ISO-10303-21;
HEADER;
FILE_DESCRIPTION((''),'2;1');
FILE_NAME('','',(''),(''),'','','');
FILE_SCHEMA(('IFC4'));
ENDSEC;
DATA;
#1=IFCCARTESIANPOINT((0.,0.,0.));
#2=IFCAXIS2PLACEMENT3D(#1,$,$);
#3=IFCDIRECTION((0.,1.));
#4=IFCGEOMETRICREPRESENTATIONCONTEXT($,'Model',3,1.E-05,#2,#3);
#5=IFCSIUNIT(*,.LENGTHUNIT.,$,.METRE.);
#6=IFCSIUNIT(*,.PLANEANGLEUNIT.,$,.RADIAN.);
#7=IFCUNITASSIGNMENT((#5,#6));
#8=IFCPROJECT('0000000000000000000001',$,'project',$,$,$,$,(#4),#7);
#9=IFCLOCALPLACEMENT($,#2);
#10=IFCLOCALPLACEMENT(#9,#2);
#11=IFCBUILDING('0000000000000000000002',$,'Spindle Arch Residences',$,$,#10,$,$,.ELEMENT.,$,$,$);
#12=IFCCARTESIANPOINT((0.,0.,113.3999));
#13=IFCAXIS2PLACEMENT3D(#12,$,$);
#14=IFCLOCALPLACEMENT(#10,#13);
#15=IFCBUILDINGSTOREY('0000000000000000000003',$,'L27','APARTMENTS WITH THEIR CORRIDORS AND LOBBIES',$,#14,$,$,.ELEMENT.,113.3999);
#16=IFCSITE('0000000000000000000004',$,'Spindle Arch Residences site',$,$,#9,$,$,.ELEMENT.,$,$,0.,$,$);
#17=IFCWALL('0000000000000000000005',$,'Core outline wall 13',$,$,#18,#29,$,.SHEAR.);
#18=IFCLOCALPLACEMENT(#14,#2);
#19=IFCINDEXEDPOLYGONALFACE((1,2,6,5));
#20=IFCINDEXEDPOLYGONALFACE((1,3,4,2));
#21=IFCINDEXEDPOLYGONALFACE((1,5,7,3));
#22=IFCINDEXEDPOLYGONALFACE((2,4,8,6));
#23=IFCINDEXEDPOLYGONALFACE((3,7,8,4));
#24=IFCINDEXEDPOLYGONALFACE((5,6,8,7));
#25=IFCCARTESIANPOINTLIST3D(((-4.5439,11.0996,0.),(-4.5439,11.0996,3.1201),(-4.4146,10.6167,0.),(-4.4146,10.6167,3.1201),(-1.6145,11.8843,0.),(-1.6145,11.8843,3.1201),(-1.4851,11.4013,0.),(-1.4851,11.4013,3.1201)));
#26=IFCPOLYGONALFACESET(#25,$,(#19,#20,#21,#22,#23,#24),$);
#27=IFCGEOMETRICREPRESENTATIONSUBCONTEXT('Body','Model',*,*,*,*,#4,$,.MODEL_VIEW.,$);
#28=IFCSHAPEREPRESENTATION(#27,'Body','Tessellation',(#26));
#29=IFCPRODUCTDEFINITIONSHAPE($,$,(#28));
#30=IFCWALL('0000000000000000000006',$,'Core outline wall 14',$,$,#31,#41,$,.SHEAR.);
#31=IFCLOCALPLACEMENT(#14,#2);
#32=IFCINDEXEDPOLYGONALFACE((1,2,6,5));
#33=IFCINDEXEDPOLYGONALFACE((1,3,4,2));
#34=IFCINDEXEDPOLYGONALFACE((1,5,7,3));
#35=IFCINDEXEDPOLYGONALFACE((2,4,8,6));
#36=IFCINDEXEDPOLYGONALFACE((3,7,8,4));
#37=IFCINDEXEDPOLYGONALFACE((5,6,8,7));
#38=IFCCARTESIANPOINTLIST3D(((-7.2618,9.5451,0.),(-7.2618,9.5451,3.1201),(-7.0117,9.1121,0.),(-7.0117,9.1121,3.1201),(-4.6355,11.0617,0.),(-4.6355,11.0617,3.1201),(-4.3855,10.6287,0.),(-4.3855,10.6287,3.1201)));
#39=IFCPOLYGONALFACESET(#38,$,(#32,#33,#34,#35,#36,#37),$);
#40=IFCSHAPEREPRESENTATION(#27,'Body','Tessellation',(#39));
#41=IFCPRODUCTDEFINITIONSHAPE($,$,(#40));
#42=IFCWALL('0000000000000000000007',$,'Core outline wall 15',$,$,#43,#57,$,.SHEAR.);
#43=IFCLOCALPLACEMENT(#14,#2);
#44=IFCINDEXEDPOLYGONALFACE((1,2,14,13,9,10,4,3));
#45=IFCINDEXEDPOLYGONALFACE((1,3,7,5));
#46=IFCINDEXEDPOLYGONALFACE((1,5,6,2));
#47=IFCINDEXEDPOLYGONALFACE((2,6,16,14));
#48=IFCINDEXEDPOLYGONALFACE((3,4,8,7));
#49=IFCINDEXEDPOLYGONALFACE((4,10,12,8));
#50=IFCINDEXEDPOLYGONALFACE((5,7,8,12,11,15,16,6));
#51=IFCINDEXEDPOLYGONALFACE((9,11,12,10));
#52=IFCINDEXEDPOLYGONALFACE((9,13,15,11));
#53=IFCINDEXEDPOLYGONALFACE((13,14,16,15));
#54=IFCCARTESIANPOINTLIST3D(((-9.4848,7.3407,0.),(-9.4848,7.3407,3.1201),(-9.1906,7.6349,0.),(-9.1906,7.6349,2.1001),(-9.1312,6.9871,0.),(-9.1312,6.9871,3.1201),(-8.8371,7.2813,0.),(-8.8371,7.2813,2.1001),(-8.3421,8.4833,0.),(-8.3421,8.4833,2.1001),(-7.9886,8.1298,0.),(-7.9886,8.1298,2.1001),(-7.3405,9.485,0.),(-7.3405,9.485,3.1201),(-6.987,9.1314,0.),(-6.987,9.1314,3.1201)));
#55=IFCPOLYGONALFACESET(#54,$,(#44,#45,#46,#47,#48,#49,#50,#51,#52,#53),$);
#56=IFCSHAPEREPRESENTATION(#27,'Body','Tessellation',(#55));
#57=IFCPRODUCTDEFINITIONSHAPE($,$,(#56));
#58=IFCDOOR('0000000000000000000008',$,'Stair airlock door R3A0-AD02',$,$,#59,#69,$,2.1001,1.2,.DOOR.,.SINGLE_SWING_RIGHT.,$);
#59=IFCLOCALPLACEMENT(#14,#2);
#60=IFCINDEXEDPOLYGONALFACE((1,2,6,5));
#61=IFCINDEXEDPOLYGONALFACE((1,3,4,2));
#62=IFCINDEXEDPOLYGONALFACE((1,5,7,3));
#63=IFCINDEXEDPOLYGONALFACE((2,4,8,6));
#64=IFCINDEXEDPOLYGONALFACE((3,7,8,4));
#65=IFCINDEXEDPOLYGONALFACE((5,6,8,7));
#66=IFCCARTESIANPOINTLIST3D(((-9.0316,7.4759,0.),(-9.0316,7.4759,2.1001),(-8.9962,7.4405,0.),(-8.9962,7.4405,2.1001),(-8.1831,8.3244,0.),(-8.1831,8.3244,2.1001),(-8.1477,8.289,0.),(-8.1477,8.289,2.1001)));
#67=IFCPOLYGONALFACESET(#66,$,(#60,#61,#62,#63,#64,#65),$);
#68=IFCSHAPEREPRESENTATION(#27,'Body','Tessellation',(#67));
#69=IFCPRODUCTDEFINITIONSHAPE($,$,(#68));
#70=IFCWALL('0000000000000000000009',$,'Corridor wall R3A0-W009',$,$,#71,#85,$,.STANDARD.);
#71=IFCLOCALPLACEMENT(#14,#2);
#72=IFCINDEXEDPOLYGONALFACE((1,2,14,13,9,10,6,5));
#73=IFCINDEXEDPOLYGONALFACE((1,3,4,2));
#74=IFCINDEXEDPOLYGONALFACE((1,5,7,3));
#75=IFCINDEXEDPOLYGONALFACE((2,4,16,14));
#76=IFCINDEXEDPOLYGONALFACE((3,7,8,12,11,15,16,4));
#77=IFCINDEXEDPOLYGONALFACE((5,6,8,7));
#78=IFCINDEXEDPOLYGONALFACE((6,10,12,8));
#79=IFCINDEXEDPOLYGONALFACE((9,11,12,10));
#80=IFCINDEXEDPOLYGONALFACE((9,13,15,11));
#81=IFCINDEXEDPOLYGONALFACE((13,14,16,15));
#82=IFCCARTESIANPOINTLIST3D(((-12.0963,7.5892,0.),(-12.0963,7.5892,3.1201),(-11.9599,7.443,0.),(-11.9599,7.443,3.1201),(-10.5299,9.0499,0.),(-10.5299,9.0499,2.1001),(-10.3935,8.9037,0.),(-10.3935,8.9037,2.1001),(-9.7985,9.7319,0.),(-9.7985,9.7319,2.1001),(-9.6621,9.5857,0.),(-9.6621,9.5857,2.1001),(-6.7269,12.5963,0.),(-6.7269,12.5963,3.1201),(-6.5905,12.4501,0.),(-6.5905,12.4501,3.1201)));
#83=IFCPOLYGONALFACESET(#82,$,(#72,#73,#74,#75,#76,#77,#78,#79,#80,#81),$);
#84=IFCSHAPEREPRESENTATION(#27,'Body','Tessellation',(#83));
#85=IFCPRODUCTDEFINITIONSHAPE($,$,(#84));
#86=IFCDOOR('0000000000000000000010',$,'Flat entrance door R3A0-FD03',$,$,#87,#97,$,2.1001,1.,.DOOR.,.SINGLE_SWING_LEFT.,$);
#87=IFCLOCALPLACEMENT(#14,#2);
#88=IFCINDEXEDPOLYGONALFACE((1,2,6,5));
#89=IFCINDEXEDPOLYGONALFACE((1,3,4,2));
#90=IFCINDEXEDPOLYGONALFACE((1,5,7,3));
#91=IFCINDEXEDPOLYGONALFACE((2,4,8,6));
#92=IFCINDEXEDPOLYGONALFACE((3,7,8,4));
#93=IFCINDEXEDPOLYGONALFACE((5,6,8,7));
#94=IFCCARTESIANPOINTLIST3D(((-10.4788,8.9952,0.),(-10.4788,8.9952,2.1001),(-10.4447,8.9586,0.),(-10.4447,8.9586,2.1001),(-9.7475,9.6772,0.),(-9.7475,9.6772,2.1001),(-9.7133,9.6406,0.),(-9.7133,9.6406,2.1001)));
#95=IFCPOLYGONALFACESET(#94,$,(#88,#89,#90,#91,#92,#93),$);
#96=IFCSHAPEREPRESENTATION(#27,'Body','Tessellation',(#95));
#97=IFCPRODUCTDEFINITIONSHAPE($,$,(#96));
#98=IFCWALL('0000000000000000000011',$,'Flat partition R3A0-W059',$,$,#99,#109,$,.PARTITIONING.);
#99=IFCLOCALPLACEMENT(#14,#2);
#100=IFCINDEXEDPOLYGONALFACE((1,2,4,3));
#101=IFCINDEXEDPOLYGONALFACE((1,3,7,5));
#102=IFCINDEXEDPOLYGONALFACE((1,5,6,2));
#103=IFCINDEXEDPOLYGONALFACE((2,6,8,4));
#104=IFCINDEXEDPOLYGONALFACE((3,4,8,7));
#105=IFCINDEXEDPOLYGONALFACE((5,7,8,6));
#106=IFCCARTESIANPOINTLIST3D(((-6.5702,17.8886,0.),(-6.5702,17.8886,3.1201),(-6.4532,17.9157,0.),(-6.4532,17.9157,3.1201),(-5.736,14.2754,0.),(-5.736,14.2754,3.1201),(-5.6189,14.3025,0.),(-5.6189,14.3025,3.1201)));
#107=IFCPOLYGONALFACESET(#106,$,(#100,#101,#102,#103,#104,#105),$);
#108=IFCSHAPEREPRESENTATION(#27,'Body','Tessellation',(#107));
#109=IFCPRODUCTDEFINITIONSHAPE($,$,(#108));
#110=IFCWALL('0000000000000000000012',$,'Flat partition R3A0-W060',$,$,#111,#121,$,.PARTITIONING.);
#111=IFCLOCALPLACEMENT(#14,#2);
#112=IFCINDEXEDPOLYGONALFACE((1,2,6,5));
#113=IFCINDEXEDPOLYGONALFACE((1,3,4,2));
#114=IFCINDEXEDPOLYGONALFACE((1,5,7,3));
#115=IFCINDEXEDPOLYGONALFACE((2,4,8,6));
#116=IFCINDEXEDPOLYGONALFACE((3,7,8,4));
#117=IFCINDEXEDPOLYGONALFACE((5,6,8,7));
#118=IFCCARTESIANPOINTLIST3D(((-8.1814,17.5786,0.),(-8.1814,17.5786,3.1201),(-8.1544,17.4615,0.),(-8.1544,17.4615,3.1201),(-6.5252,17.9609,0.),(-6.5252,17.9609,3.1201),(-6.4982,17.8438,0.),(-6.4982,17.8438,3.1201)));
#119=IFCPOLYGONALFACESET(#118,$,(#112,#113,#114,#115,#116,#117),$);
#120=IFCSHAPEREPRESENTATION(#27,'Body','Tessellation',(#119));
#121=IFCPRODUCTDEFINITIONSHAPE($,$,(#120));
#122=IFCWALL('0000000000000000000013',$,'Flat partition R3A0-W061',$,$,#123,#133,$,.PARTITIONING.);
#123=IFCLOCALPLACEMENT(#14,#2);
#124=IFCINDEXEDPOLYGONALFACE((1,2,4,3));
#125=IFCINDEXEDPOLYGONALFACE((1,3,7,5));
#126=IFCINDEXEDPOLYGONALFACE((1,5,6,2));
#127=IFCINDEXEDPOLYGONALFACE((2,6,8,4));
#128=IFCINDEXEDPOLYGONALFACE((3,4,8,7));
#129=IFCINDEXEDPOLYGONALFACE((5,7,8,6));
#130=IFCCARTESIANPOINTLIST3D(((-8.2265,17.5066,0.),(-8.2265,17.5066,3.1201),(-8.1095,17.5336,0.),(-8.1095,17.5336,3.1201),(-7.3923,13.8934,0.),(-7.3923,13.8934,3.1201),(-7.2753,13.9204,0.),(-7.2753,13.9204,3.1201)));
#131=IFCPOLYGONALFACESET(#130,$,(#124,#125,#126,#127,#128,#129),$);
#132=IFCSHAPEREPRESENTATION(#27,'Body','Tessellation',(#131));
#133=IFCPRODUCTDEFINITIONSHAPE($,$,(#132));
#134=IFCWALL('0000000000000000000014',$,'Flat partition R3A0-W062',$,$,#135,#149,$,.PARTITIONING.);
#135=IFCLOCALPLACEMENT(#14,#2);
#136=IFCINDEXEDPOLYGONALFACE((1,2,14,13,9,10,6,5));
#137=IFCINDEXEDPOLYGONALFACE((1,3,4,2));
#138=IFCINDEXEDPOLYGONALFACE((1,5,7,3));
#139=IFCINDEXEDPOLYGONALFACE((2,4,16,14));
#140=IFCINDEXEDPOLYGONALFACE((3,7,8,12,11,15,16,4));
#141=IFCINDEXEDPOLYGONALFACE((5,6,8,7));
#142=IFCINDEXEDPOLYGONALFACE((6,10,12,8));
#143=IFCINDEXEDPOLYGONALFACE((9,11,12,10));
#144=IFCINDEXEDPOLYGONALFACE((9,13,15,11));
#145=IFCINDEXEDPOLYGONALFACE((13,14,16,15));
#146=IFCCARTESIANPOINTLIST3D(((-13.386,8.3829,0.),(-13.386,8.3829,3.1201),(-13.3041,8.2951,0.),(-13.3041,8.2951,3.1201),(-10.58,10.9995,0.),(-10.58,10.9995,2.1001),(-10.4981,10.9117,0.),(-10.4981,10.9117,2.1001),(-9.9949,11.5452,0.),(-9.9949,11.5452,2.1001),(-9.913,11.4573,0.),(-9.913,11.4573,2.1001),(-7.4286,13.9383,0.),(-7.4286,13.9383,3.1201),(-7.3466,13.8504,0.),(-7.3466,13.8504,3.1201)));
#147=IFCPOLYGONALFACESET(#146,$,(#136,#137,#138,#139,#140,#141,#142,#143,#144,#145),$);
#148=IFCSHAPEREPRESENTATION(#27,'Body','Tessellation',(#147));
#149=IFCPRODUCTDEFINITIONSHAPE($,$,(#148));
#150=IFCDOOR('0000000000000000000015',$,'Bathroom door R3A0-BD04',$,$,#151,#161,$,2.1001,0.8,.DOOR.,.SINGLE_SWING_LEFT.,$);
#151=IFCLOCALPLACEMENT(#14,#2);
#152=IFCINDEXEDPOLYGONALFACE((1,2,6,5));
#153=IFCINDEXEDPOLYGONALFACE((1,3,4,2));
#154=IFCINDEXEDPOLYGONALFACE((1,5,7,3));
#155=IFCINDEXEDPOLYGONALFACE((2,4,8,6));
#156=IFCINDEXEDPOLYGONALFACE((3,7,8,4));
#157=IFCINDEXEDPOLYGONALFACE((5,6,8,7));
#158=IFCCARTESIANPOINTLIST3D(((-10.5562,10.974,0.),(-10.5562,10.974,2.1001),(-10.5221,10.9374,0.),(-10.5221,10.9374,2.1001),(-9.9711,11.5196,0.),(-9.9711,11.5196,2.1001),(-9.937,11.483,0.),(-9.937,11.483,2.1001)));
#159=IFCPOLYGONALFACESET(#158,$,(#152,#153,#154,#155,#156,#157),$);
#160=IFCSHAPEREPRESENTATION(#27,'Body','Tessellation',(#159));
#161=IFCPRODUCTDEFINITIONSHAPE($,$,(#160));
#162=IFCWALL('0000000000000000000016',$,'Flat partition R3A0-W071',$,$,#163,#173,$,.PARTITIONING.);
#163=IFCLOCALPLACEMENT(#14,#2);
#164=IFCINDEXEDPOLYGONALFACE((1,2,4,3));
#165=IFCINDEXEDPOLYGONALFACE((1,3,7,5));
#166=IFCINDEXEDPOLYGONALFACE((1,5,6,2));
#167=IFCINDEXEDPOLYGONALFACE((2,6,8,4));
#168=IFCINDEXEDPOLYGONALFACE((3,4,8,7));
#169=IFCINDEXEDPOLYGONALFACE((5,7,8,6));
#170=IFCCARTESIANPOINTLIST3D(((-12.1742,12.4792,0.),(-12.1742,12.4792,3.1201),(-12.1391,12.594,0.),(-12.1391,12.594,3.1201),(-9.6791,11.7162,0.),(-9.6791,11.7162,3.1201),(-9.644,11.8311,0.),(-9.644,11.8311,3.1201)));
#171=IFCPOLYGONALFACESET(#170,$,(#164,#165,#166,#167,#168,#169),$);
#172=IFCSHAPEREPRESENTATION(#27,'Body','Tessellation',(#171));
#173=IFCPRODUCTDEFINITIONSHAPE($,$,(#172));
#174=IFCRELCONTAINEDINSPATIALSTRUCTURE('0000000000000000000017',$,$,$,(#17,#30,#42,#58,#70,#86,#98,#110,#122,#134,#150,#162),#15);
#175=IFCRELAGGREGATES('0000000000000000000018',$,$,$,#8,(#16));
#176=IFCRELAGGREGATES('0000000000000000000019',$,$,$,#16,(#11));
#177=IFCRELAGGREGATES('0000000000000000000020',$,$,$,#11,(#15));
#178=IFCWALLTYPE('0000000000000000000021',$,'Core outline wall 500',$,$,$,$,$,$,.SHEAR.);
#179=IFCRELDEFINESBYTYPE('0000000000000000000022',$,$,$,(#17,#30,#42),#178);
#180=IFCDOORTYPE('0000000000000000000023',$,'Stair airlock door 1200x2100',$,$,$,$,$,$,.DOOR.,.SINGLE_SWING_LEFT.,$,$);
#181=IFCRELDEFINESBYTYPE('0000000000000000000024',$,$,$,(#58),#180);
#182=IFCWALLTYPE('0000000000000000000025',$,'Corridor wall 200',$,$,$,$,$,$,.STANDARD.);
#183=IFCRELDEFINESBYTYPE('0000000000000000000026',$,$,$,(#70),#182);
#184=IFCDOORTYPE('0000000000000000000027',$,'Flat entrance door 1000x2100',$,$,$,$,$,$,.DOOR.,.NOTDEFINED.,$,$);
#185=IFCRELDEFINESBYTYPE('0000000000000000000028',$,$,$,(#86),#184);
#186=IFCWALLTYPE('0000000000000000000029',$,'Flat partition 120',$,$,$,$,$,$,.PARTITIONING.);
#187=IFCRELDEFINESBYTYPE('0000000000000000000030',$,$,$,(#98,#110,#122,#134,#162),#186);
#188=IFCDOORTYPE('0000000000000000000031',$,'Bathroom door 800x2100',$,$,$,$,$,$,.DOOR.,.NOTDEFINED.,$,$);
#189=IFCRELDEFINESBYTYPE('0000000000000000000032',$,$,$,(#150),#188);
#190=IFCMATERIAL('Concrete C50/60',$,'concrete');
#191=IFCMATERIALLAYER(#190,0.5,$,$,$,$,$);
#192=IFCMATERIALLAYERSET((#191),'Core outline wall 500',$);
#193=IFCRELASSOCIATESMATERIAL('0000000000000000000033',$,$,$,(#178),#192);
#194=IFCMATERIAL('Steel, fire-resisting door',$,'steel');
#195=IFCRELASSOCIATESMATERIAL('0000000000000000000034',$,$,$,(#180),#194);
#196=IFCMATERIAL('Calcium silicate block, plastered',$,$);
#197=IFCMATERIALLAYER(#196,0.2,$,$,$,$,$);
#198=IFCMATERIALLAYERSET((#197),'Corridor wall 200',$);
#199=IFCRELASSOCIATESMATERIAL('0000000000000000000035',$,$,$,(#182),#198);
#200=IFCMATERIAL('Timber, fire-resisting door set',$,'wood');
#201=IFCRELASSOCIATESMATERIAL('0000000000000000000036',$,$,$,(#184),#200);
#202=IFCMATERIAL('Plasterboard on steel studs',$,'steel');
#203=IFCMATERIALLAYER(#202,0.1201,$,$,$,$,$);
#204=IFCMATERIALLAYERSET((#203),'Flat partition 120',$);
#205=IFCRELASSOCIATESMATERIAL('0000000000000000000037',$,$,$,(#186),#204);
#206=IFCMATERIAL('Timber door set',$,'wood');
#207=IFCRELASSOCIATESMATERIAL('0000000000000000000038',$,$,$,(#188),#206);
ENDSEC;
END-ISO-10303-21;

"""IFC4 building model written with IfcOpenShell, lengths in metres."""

from ifc_helpers import new_model, si_unit, direction, frame, frame_2d, origin, place, context, subcontext, project, spatial, rectangle, extrude, material, layer, layer_set, type_object, element, fill, save


model = new_model("IFC4")

# Units and contexts
model_context = context("Model", 3, precision=1e-05, world=origin(), true_north=direction((0.0, 1.0)))
body_context = subcontext(model_context, "Body", "Model", "MODEL_VIEW")
ifc_project = project(units=[si_unit("LENGTHUNIT", "METRE"), si_unit("PLANEANGLEUNIT", "RADIAN")], contexts=[model_context])

# Site, building, storey
site_placement = place(None, origin())
site = spatial("IfcSite", under=ifc_project, at=site_placement, Name="Spindle Arch Residences site", CompositionType="ELEMENT", RefElevation=0.0)
building_placement = place(site_placement, origin())
building = spatial("IfcBuilding", under=site, at=building_placement, Name="Spindle Arch Residences", CompositionType="ELEMENT")
storey_placement = place(building_placement, frame((0.0, 0.0, 113.3999)))
storey = spatial("IfcBuildingStorey", under=building, at=storey_placement, Name="L27", Description="APARTMENTS WITH THEIR CORRIDORS AND LOBBIES", CompositionType="ELEMENT", Elevation=113.3999)

# Walls
ifc_material_1 = material(Name="Concrete C50/60", Category="concrete")
ifc_layer_1 = layer(ifc_material_1, 0.5)
ifc_layer_set_1 = layer_set([ifc_layer_1], Name="Core outline wall 500")
wall_type_1 = type_object("IfcWallType", Name="Core outline wall 500", PredefinedType="SHEAR", material=ifc_layer_set_1)
for number, where, z_axis, x_axis, name in (
    (1, (-1.5498, 11.6428, 0.0), (0.0, 0.0, 1.0), (-0.965948, -0.258735, 0.0), "Core outline wall 13"),
    (2, (-4.5105, 10.8452, 0.0), (0.0, 0.0, 1.0), (-0.865975, -0.500087, 0.0), "Core outline wall 14"),
):
    element("IfcWall", number, at=place(storey_placement, frame(where, z_axis=z_axis, x_axis=x_axis)), inside=storey, type_object=wall_type_1, Name=name, PredefinedType="SHEAR", context=body_context, shape_type="SweptSolid", body=[
        extrude(rectangle(XDim=3.0327, YDim=0.5, at=frame_2d((1.5164, 0.0))), origin(), (0.0, 0.0, 1.0), 3.1201),
    ])

# Walls, openings, doors
wall_1_placement = place(storey_placement, frame((-7.1638, 9.3081, 0.0), z_axis=(0.0, 0.0, 1.0), x_axis=(-0.707107, -0.707107, 0.0)))
wall_1 = element("IfcWall", 3, at=wall_1_placement, inside=storey, type_object=wall_type_1, Name="Core outline wall 15", PredefinedType="SHEAR", context=body_context, shape_type="SweptSolid", body=[
    extrude(rectangle(XDim=3.0325, YDim=0.5, at=frame_2d((1.5161, 0.0))), origin(), (0.0, 0.0, 1.0), 3.1201),
])
opening_1_placement = place(wall_1_placement, frame((1.4163, 0.0, 0.0)))
opening_1 = element("IfcOpeningElement", 4, at=opening_1_placement, cuts=wall_1, PredefinedType="OPENING", context=body_context, shape_type="SweptSolid", body=[
    extrude(rectangle(XDim=1.2, YDim=2.1001, at=frame_2d((0.6001, 1.05))), frame((0.0, 0.26, 0.0), z_axis=(0.0, -1.0, 0.0), x_axis=(1.0, 0.0, 0.0)), (0.0, 0.0, 1.0), 0.52),
])
ifc_material_2 = material(Name="Steel, fire-resisting door", Category="steel")
door_type_1 = type_object("IfcDoorType", Name="Stair airlock door 1200x2100", OperationType="SINGLE_SWING_LEFT", PredefinedType="DOOR", material=ifc_material_2)
door_1_placement = place(opening_1_placement, origin())
door_1 = element("IfcDoor", 5, at=door_1_placement, inside=storey, type_object=door_type_1, Name="Stair airlock door R3A0-AD02", OperationType="SINGLE_SWING_RIGHT", OverallHeight=2.1001, OverallWidth=1.2, PredefinedType="DOOR", context=body_context, shape_type="SweptSolid", body=[
    extrude(rectangle(XDim=1.2, YDim=2.1001, at=frame_2d((0.6001, 1.05))), frame((0.0, 0.0249, 0.0), z_axis=(0.0, -1.0, 0.0), x_axis=(1.0, 0.0, 0.0)), (0.0, 0.0, 1.0), 0.05),
])
fill(opening_1, door_1)
ifc_material_3 = material(Name="Calcium silicate block, plastered")
ifc_layer_2 = layer(ifc_material_3, 0.2)
ifc_layer_set_2 = layer_set([ifc_layer_2], Name="Corridor wall 200")
wall_type_2 = type_object("IfcWallType", Name="Corridor wall 200", PredefinedType="STANDARD", material=ifc_layer_set_2)
wall_2_placement = place(storey_placement, frame((-6.6587, 12.5232, 0.0), z_axis=(0.0, 0.0, 1.0), x_axis=(-0.73135, -0.682002, 0.0)))
wall_2 = element("IfcWall", 6, at=wall_2_placement, inside=storey, type_object=wall_type_2, Name="Corridor wall R3A0-W009", PredefinedType="STANDARD", context=body_context, shape_type="SweptSolid", body=[
    extrude(rectangle(XDim=7.3418, YDim=0.2, at=frame_2d((3.6709, 0.0))), origin(), (0.0, 0.0, 1.0), 3.1201),
])
opening_2_placement = place(wall_2_placement, frame((4.2, 0.0, 0.0)))
opening_2 = element("IfcOpeningElement", 7, at=opening_2_placement, cuts=wall_2, PredefinedType="OPENING", context=body_context, shape_type="SweptSolid", body=[
    extrude(rectangle(XDim=1.0, YDim=2.1001, at=frame_2d((0.5, 1.05))), frame((0.0, 0.1099, 0.0), z_axis=(0.0, -1.0, 0.0), x_axis=(1.0, 0.0, 0.0)), (0.0, 0.0, 1.0), 0.22),
])
ifc_material_4 = material(Name="Timber, fire-resisting door set", Category="wood")
door_type_2 = type_object("IfcDoorType", Name="Flat entrance door 1000x2100", OperationType="NOTDEFINED", PredefinedType="DOOR", material=ifc_material_4)
door_2_placement = place(opening_2_placement, origin())
door_2 = element("IfcDoor", 8, at=door_2_placement, inside=storey, type_object=door_type_2, Name="Flat entrance door R3A0-FD03", OperationType="SINGLE_SWING_LEFT", OverallHeight=2.1001, OverallWidth=1.0, PredefinedType="DOOR", context=body_context, shape_type="SweptSolid", body=[
    extrude(rectangle(XDim=1.0, YDim=2.1001, at=frame_2d((0.5, 1.05))), frame((0.0, 0.0249, 0.0), z_axis=(0.0, -1.0, 0.0), x_axis=(1.0, 0.0, 0.0)), (0.0, 0.0, 1.0), 0.05),
])
fill(opening_2, door_2)

# Walls
ifc_material_5 = material(Name="Plasterboard on steel studs", Category="steel")
ifc_layer_3 = layer(ifc_material_5, 0.1201)
ifc_layer_set_3 = layer_set([ifc_layer_3], Name="Flat partition 120")
wall_type_3 = type_object("IfcWallType", Name="Flat partition 120", PredefinedType="PARTITIONING", material=ifc_layer_set_3)
wall_3_placement = place(storey_placement, frame((-5.6775, 14.2891, 0.0), z_axis=(0.0, 0.0, 1.0), x_axis=(-0.22496, 0.974368, 0.0)))
element("IfcWall", 9, at=wall_3_placement, inside=storey, type_object=wall_type_3, Name="Flat partition R3A0-W059", PredefinedType="PARTITIONING", context=body_context, shape_type="SweptSolid", body=[
    extrude(rectangle(XDim=3.7083, YDim=0.1201, at=frame_2d((1.854, 0.0))), origin(), (0.0, 0.0, 1.0), 3.1201),
])
wall_4_placement = place(storey_placement, frame((-6.5117, 17.9023, 0.0), z_axis=(0.0, 0.0, 1.0), x_axis=(-0.974377, -0.224922, 0.0)))
element("IfcWall", 10, at=wall_4_placement, inside=storey, type_object=wall_type_3, Name="Flat partition R3A0-W060", PredefinedType="PARTITIONING", context=body_context, shape_type="SweptSolid", body=[
    extrude(rectangle(XDim=1.6997, YDim=0.1201, at=frame_2d((0.8499, 0.0))), origin(), (0.0, 0.0, 1.0), 3.1201),
])
wall_5_placement = place(storey_placement, frame((-8.168, 17.52, 0.0), z_axis=(0.0, 0.0, 1.0), x_axis=(0.22496, -0.974368, 0.0)))
element("IfcWall", 11, at=wall_5_placement, inside=storey, type_object=wall_type_3, Name="Flat partition R3A0-W061", PredefinedType="PARTITIONING", context=body_context, shape_type="SweptSolid", body=[
    extrude(rectangle(XDim=3.7083, YDim=0.1201, at=frame_2d((1.854, 0.0))), origin(), (0.0, 0.0, 1.0), 3.1201),
])

# Wall, opening, door
wall_6_placement = place(storey_placement, frame((-7.3877, 13.8943, 0.0), z_axis=(0.0, 0.0, 1.0), x_axis=(-0.731357, -0.681995, 0.0)))
wall_6 = element("IfcWall", 12, at=wall_6_placement, inside=storey, type_object=wall_type_3, Name="Flat partition R3A0-W062", PredefinedType="PARTITIONING", context=body_context, shape_type="SweptSolid", body=[
    extrude(rectangle(XDim=8.1458, YDim=0.1201, at=frame_2d((4.0728, 0.0))), origin(), (0.0, 0.0, 1.0), 3.1201),
])
opening_3_placement = place(wall_6_placement, frame((3.509, 0.0, 0.0)))
opening_3 = element("IfcOpeningElement", 13, at=opening_3_placement, cuts=wall_6, PredefinedType="OPENING", context=body_context, shape_type="SweptSolid", body=[
    extrude(rectangle(XDim=0.8, YDim=2.1001, at=frame_2d((0.3999, 1.05))), frame((0.0, 0.0701, 0.0), z_axis=(0.0, -1.0, 0.0), x_axis=(1.0, 0.0, 0.0)), (0.0, 0.0, 1.0), 0.1401),
])
ifc_material_6 = material(Name="Timber door set", Category="wood")
door_type_3 = type_object("IfcDoorType", Name="Bathroom door 800x2100", OperationType="NOTDEFINED", PredefinedType="DOOR", material=ifc_material_6)
door_3_placement = place(opening_3_placement, origin())
door_3 = element("IfcDoor", 14, at=door_3_placement, inside=storey, type_object=door_type_3, Name="Bathroom door R3A0-BD04", OperationType="SINGLE_SWING_LEFT", OverallHeight=2.1001, OverallWidth=0.8, PredefinedType="DOOR", context=body_context, shape_type="SweptSolid", body=[
    extrude(rectangle(XDim=0.8, YDim=2.1001, at=frame_2d((0.3999, 1.05))), frame((0.0, 0.0249, 0.0), z_axis=(0.0, -1.0, 0.0), x_axis=(1.0, 0.0, 0.0)), (0.0, 0.0, 1.0), 0.05),
])
fill(opening_3, door_3)

# Wall
wall_7_placement = place(storey_placement, frame((-12.1567, 12.5366, 0.0), z_axis=(0.0, 0.0, 1.0), x_axis=(0.956293, -0.292409, 0.0)))
element("IfcWall", 15, at=wall_7_placement, inside=storey, type_object=wall_type_3, Name="Flat partition R3A0-W071", PredefinedType="PARTITIONING", context=body_context, shape_type="SweptSolid", body=[
    extrude(rectangle(XDim=2.6091, YDim=0.1201, at=frame_2d((1.3047, 0.0))), origin(), (0.0, 0.0, 1.0), 3.1201),
])

save(model, "model.ifc")
